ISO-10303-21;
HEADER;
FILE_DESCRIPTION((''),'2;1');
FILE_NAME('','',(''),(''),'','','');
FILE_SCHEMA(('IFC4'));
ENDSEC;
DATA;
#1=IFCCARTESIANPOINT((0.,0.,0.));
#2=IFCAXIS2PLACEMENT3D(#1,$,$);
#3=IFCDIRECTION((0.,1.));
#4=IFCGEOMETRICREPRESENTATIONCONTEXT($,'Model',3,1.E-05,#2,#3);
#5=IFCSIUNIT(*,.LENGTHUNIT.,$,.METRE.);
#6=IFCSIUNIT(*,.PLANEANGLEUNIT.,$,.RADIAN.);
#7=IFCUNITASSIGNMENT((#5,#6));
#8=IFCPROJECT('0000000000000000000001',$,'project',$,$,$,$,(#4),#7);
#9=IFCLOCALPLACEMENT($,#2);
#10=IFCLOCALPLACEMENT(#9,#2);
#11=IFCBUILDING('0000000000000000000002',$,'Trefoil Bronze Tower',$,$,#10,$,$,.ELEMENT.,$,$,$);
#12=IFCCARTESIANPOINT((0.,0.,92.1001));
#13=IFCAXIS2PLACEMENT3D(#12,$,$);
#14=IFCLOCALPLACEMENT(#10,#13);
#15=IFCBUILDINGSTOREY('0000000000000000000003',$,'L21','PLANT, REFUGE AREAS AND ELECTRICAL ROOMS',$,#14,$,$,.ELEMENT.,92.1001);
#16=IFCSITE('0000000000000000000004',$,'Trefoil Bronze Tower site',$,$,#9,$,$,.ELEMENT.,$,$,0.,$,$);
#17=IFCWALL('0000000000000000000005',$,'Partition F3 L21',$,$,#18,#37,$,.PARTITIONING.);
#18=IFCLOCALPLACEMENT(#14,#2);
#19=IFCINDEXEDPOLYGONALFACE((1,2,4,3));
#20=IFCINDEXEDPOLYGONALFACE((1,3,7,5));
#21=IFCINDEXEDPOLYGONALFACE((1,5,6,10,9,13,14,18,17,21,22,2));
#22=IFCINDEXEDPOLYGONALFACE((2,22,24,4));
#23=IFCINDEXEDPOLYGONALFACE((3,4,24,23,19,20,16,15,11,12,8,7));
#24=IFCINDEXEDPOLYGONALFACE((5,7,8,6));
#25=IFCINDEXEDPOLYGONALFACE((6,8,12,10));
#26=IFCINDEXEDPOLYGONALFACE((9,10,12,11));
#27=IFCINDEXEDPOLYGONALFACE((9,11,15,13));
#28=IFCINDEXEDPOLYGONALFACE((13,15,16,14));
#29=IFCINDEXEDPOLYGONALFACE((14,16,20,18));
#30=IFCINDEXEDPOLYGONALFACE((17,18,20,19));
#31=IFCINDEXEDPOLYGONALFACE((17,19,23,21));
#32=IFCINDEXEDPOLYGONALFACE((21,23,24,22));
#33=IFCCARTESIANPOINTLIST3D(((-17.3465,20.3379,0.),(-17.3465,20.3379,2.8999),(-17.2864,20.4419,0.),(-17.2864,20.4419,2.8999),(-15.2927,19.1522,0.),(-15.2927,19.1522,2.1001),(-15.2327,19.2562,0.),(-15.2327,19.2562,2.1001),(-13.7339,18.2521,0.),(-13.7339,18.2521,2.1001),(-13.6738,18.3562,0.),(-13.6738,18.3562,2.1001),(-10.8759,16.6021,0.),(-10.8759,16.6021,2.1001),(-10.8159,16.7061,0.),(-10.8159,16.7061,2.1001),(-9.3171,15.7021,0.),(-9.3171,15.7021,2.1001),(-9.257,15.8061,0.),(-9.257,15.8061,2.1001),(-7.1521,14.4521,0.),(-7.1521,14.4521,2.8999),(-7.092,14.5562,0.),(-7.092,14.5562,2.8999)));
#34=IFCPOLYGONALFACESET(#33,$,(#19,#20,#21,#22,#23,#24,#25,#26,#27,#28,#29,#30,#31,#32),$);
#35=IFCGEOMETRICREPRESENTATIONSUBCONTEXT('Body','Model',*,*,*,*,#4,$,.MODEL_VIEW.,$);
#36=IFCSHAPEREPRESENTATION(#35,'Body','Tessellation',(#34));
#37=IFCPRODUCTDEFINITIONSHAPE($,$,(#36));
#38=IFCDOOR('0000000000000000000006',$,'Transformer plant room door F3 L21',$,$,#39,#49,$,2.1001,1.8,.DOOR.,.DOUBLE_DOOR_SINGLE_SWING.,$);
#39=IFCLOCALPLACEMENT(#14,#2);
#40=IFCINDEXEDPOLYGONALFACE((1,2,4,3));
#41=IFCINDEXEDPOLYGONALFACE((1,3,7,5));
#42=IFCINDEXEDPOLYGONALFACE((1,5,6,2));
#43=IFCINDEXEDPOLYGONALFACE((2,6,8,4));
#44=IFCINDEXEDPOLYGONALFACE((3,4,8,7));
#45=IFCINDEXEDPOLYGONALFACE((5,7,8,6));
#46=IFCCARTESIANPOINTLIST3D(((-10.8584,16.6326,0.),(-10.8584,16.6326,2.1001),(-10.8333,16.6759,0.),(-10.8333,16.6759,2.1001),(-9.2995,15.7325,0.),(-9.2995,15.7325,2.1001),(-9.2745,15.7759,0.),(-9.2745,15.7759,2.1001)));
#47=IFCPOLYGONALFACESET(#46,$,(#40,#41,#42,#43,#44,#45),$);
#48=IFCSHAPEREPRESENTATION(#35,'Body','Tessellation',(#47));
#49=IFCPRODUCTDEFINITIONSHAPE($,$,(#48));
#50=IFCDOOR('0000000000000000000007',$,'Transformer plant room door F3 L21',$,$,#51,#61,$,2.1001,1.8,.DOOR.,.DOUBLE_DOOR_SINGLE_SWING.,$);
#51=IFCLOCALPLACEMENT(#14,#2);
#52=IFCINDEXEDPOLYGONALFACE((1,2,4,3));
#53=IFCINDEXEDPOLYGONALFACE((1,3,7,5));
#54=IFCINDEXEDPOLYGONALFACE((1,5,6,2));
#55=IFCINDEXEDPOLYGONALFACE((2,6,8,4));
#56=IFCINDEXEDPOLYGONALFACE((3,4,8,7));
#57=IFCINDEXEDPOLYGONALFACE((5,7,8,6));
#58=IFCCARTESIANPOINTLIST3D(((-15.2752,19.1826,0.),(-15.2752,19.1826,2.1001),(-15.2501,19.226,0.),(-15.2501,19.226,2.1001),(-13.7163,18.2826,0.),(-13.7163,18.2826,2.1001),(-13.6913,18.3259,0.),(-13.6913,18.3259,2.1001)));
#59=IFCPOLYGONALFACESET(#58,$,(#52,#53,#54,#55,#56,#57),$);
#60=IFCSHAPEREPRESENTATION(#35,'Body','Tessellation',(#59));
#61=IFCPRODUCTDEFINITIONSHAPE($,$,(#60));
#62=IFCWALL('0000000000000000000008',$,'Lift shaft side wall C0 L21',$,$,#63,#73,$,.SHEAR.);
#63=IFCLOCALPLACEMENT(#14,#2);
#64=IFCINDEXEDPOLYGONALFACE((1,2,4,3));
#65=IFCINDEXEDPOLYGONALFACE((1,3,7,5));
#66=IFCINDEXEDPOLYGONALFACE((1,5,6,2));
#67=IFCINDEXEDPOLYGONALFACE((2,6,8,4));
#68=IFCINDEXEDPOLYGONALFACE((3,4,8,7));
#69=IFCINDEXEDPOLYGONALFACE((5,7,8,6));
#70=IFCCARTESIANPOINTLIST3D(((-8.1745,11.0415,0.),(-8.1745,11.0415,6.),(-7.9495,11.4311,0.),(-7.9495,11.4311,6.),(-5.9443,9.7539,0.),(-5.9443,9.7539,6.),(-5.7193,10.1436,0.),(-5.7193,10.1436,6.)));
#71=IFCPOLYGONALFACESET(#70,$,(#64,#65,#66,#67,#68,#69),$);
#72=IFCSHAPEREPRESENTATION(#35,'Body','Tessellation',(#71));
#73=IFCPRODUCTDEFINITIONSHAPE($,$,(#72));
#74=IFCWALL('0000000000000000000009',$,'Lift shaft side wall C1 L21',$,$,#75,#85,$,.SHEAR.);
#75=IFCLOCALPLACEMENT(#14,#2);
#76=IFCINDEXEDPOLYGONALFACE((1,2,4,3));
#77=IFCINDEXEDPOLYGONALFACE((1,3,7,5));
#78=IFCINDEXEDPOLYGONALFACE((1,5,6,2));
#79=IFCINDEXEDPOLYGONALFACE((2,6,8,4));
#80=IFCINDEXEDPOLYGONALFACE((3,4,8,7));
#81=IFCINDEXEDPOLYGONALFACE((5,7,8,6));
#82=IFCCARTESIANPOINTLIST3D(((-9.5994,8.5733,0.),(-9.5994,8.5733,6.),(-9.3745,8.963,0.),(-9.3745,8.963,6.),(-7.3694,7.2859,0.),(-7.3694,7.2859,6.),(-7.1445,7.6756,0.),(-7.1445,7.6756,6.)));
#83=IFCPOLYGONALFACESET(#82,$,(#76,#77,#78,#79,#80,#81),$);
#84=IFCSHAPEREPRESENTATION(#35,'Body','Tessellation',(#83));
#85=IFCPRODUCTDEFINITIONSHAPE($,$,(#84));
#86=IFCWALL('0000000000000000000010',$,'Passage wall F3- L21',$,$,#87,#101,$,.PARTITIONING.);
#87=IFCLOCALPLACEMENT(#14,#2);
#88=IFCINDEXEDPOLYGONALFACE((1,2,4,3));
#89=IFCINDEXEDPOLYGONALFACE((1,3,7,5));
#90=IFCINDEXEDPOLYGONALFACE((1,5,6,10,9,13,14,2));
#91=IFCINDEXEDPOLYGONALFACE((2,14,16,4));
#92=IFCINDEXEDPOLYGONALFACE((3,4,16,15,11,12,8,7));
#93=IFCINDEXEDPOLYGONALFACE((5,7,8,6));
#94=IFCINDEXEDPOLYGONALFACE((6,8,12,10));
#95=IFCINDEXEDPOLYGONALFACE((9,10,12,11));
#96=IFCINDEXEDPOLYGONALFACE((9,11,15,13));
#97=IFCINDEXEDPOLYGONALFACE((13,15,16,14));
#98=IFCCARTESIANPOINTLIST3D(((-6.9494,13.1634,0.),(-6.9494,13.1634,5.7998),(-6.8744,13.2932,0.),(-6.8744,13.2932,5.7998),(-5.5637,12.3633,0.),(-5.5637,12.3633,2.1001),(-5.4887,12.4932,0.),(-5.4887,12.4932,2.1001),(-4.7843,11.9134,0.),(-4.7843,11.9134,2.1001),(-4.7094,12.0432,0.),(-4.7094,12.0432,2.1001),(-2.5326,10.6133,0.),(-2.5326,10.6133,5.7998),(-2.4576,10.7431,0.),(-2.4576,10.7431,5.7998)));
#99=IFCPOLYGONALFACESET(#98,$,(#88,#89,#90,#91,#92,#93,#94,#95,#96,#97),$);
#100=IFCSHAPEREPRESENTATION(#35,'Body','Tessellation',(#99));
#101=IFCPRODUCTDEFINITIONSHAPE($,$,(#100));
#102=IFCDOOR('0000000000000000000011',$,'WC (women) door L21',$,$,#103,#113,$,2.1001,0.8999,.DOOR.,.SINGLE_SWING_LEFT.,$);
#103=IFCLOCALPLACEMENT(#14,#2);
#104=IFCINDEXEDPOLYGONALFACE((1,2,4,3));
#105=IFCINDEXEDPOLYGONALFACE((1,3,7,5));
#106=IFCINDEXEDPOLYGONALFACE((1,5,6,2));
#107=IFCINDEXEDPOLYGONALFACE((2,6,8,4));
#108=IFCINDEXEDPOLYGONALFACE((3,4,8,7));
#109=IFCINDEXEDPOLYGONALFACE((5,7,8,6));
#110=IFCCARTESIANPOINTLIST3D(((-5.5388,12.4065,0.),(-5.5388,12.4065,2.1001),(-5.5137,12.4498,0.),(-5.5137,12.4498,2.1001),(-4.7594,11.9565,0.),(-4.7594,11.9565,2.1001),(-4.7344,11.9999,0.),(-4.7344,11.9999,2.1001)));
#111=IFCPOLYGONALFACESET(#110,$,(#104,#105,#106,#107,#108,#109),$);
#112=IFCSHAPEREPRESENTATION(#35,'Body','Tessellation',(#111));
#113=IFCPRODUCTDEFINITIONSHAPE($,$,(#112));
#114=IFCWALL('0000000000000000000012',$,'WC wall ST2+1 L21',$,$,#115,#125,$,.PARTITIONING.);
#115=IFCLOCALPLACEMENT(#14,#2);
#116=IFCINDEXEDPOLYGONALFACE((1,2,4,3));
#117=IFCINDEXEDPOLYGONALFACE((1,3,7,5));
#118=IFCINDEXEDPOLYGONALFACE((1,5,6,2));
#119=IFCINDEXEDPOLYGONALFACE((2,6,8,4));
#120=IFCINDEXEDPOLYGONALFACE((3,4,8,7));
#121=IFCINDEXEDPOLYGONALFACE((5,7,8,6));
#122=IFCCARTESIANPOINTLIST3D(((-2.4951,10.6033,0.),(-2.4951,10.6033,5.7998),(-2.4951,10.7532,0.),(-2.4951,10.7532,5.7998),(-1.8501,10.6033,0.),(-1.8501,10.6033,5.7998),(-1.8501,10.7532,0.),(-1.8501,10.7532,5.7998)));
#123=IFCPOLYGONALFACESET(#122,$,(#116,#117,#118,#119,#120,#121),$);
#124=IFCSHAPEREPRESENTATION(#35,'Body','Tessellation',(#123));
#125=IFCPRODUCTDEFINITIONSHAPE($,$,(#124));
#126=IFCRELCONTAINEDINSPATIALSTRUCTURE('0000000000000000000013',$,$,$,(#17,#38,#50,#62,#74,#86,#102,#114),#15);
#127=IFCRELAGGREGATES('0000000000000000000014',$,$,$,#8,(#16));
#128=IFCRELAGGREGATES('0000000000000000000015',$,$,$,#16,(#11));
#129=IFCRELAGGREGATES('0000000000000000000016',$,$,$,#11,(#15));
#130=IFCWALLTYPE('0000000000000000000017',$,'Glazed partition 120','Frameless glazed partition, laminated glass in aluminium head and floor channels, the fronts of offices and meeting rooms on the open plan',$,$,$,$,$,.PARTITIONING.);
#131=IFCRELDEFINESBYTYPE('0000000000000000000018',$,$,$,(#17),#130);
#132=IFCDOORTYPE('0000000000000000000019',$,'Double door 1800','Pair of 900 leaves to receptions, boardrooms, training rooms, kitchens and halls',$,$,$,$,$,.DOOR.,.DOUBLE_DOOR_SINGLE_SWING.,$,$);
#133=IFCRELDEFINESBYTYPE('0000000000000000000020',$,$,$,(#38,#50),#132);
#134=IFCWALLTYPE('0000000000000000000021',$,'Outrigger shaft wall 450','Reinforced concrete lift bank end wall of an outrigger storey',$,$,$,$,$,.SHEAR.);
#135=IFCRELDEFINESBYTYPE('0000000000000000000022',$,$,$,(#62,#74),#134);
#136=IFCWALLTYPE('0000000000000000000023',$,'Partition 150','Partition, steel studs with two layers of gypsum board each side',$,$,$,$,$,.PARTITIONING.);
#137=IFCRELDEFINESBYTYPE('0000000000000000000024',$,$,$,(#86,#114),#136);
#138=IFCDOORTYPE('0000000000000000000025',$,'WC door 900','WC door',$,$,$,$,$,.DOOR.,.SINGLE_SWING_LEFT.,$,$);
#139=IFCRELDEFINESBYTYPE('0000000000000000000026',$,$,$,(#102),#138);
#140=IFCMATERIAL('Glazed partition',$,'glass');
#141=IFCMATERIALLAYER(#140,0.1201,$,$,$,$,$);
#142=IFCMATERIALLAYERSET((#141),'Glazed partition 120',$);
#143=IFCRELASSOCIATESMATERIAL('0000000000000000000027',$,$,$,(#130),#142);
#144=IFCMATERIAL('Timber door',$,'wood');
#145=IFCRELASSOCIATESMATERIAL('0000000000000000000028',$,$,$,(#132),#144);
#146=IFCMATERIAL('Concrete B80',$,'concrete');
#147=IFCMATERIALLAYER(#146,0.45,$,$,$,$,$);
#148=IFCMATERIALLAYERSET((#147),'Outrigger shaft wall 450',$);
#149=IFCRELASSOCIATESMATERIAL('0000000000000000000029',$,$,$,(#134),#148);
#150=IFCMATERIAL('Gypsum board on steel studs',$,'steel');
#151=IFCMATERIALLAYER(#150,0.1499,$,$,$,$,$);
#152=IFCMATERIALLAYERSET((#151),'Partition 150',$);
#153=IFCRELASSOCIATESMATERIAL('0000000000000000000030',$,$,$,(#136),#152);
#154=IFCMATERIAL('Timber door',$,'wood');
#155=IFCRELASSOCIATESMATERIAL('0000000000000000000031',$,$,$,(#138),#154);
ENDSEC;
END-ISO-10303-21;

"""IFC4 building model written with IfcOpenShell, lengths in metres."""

from ifc_helpers import new_model, si_unit, direction, frame, frame_2d, origin, place, context, subcontext, project, spatial, rectangle, extrude, material, layer, layer_set, type_object, element, fill, save


model = new_model("IFC4")

# Units and contexts
model_context = context("Model", 3, precision=1e-05, world=origin(), true_north=direction((0.0, 1.0)))
body_context = subcontext(model_context, "Body", "Model", "MODEL_VIEW")
ifc_project = project(units=[si_unit("LENGTHUNIT", "METRE"), si_unit("PLANEANGLEUNIT", "RADIAN")], contexts=[model_context])

# Site, building, storey
site_placement = place(None, origin())
site = spatial("IfcSite", under=ifc_project, at=site_placement, Name="Trefoil Bronze Tower site", CompositionType="ELEMENT", RefElevation=0.0)
building_placement = place(site_placement, origin())
building = spatial("IfcBuilding", under=site, at=building_placement, Name="Trefoil Bronze Tower", CompositionType="ELEMENT")
storey_placement = place(building_placement, frame((0.0, 0.0, 92.1001)))
storey = spatial("IfcBuildingStorey", under=building, at=storey_placement, Name="L21", Description="PLANT, REFUGE AREAS AND ELECTRICAL ROOMS", CompositionType="ELEMENT", Elevation=92.1001)

# Wall, openings, doors
ifc_material_1 = material(Name="Glazed partition", Category="glass")
ifc_layer_1 = layer(ifc_material_1, 0.1201)
ifc_layer_set_1 = layer_set([ifc_layer_1], Name="Glazed partition 120")
wall_type_1 = type_object("IfcWallType", Name="Glazed partition 120", Description="Frameless glazed partition, laminated glass in aluminium head and floor channels, the fronts of offices and meeting rooms on the open plan", PredefinedType="PARTITIONING", material=ifc_layer_set_1)
wall_1_placement = place(storey_placement, frame((-7.1221, 14.5042, 0.0), z_axis=(0.0, 0.0, 1.0), x_axis=(-0.866024, 0.500003, 0.0)))
wall_1 = element("IfcWall", 1, at=wall_1_placement, inside=storey, type_object=wall_type_1, Name="Partition F3 L21", PredefinedType="PARTITIONING", context=body_context, shape_type="SweptSolid", body=[
    extrude(rectangle(XDim=11.7715, YDim=0.1201, at=frame_2d((5.8857, 0.0))), origin(), (0.0, 0.0, 1.0), 2.8999),
])
opening_1_placement = place(wall_1_placement, frame((2.5, 0.0, 0.0)))
opening_1 = element("IfcOpeningElement", 2, at=opening_1_placement, cuts=wall_1, PredefinedType="OPENING", context=body_context, shape_type="SweptSolid", body=[
    extrude(rectangle(XDim=1.8, YDim=2.1001, at=frame_2d((0.8999, 1.05))), frame((0.0, 0.0701, 0.0), z_axis=(0.0, -1.0, 0.0), x_axis=(1.0, 0.0, 0.0)), (0.0, 0.0, 1.0), 0.1401),
])
opening_2_placement = place(wall_1_placement, frame((7.6001, 0.0, 0.0)))
opening_2 = element("IfcOpeningElement", 3, at=opening_2_placement, cuts=wall_1, PredefinedType="OPENING", context=body_context, shape_type="SweptSolid", body=[
    extrude(rectangle(XDim=1.8, YDim=2.1001, at=frame_2d((0.8999, 1.05))), frame((0.0, 0.0701, 0.0), z_axis=(0.0, -1.0, 0.0), x_axis=(1.0, 0.0, 0.0)), (0.0, 0.0, 1.0), 0.1401),
])
ifc_material_2 = material(Name="Timber door", Category="wood")
door_type_1 = type_object("IfcDoorType", Name="Double door 1800", Description="Pair of 900 leaves to receptions, boardrooms, training rooms, kitchens and halls", OperationType="DOUBLE_DOOR_SINGLE_SWING", PredefinedType="DOOR", material=ifc_material_2)
door_1_placement = place(opening_1_placement, origin())
door_1 = element("IfcDoor", 4, at=door_1_placement, inside=storey, type_object=door_type_1, Name="Transformer plant room door F3 L21", OperationType="DOUBLE_DOOR_SINGLE_SWING", OverallHeight=2.1001, OverallWidth=1.8, PredefinedType="DOOR", context=body_context, shape_type="SweptSolid", body=[
    extrude(rectangle(XDim=1.8, YDim=2.1001, at=frame_2d((0.8999, 1.05))), frame((0.0, 0.0249, 0.0), z_axis=(0.0, -1.0, 0.0), x_axis=(1.0, 0.0, 0.0)), (0.0, 0.0, 1.0), 0.05),
])
fill(opening_1, door_1)
door_2_placement = place(opening_2_placement, origin())
door_2 = element("IfcDoor", 5, at=door_2_placement, inside=storey, type_object=door_type_1, Name="Transformer plant room door F3 L21", OperationType="DOUBLE_DOOR_SINGLE_SWING", OverallHeight=2.1001, OverallWidth=1.8, PredefinedType="DOOR", context=body_context, shape_type="SweptSolid", body=[
    extrude(rectangle(XDim=1.8, YDim=2.1001, at=frame_2d((0.8999, 1.05))), frame((0.0, 0.0249, 0.0), z_axis=(0.0, -1.0, 0.0), x_axis=(1.0, 0.0, 0.0)), (0.0, 0.0, 1.0), 0.05),
])
fill(opening_2, door_2)

# Walls
ifc_material_3 = material(Name="Concrete B80", Category="concrete")
ifc_layer_2 = layer(ifc_material_3, 0.45)
ifc_layer_set_2 = layer_set([ifc_layer_2], Name="Outrigger shaft wall 450")
wall_type_2 = type_object("IfcWallType", Name="Outrigger shaft wall 450", Description="Reinforced concrete lift bank end wall of an outrigger storey", PredefinedType="SHEAR", material=ifc_layer_set_2)
wall_2_placement = place(storey_placement, frame((-5.8318, 9.9487, 0.0), z_axis=(0.0, 0.0, 1.0), x_axis=(-0.866029, 0.499993, 0.0)))
element("IfcWall", 6, at=wall_2_placement, inside=storey, type_object=wall_type_2, Name="Lift shaft side wall C0 L21", PredefinedType="SHEAR", context=body_context, shape_type="SweptSolid", body=[
    extrude(rectangle(XDim=2.5752, YDim=0.45, at=frame_2d((1.2876, 0.0))), origin(), (0.0, 0.0, 1.0), 6.0),
])
wall_3_placement = place(storey_placement, frame((-7.2568, 7.4807, 0.0), z_axis=(0.0, 0.0, 1.0), x_axis=(-0.866047, 0.499963, 0.0)))
element("IfcWall", 7, at=wall_3_placement, inside=storey, type_object=wall_type_2, Name="Lift shaft side wall C1 L21", PredefinedType="SHEAR", context=body_context, shape_type="SweptSolid", body=[
    extrude(rectangle(XDim=2.575, YDim=0.45, at=frame_2d((1.2876, 0.0))), origin(), (0.0, 0.0, 1.0), 6.0),
])

# Wall, opening, door
ifc_material_4 = material(Name="Gypsum board on steel studs", Category="steel")
ifc_layer_3 = layer(ifc_material_4, 0.1499)
ifc_layer_set_3 = layer_set([ifc_layer_3], Name="Partition 150")
wall_type_3 = type_object("IfcWallType", Name="Partition 150", Description="Partition, steel studs with two layers of gypsum board each side", PredefinedType="PARTITIONING", material=ifc_layer_set_3)
wall_4_placement = place(storey_placement, frame((-2.4951, 10.6782, 0.0), z_axis=(0.0, 0.0, 1.0), x_axis=(-0.866022, 0.500006, 0.0)))
wall_4 = element("IfcWall", 8, at=wall_4_placement, inside=storey, type_object=wall_type_3, Name="Passage wall F3- L21", PredefinedType="PARTITIONING", context=body_context, shape_type="SweptSolid", body=[
    extrude(rectangle(XDim=5.1001, YDim=0.1499, at=frame_2d((2.55, 0.0))), origin(), (0.0, 0.0, 1.0), 5.7998),
])
opening_3_placement = place(wall_4_placement, frame((2.6001, 0.0, 0.0)))
opening_3 = element("IfcOpeningElement", 9, at=opening_3_placement, cuts=wall_4, PredefinedType="OPENING", context=body_context, shape_type="SweptSolid", body=[
    extrude(rectangle(XDim=0.8999, YDim=2.1001, at=frame_2d((0.45, 1.05))), frame((0.0, 0.085, 0.0), z_axis=(0.0, -1.0, 0.0), x_axis=(1.0, 0.0, 0.0)), (0.0, 0.0, 1.0), 0.1699),
])
ifc_material_5 = material(Name="Timber door", Category="wood")
door_type_2 = type_object("IfcDoorType", Name="WC door 900", Description="WC door", OperationType="SINGLE_SWING_LEFT", PredefinedType="DOOR", material=ifc_material_5)
door_3_placement = place(opening_3_placement, frame((0.8999, 0.0, 0.0), z_axis=(0.0, 0.0, 1.0), x_axis=(-1.0, 0.0, 0.0)))
door_3 = element("IfcDoor", 10, at=door_3_placement, inside=storey, type_object=door_type_2, Name="WC (women) door L21", OperationType="SINGLE_SWING_LEFT", OverallHeight=2.1001, OverallWidth=0.8999, PredefinedType="DOOR", context=body_context, shape_type="SweptSolid", body=[
    extrude(rectangle(XDim=0.8999, YDim=2.1001, at=frame_2d((0.45, 1.05))), frame((0.0, 0.0249, 0.0), z_axis=(0.0, -1.0, 0.0), x_axis=(1.0, 0.0, 0.0)), (0.0, 0.0, 1.0), 0.05),
])
fill(opening_3, door_3)

# Wall
wall_5_placement = place(storey_placement, frame((-2.4951, 10.6782, 0.0), z_axis=(0.0, 0.0, 1.0), x_axis=(1.0, 0.0, 0.0)))
element("IfcWall", 11, at=wall_5_placement, inside=storey, type_object=wall_type_3, Name="WC wall ST2+1 L21", PredefinedType="PARTITIONING", context=body_context, shape_type="SweptSolid", body=[
    extrude(rectangle(XDim=0.645, YDim=0.1499, at=frame_2d((0.3225, 0.0))), origin(), (0.0, 0.0, 1.0), 5.7998),
])

save(model, "model.ifc")
